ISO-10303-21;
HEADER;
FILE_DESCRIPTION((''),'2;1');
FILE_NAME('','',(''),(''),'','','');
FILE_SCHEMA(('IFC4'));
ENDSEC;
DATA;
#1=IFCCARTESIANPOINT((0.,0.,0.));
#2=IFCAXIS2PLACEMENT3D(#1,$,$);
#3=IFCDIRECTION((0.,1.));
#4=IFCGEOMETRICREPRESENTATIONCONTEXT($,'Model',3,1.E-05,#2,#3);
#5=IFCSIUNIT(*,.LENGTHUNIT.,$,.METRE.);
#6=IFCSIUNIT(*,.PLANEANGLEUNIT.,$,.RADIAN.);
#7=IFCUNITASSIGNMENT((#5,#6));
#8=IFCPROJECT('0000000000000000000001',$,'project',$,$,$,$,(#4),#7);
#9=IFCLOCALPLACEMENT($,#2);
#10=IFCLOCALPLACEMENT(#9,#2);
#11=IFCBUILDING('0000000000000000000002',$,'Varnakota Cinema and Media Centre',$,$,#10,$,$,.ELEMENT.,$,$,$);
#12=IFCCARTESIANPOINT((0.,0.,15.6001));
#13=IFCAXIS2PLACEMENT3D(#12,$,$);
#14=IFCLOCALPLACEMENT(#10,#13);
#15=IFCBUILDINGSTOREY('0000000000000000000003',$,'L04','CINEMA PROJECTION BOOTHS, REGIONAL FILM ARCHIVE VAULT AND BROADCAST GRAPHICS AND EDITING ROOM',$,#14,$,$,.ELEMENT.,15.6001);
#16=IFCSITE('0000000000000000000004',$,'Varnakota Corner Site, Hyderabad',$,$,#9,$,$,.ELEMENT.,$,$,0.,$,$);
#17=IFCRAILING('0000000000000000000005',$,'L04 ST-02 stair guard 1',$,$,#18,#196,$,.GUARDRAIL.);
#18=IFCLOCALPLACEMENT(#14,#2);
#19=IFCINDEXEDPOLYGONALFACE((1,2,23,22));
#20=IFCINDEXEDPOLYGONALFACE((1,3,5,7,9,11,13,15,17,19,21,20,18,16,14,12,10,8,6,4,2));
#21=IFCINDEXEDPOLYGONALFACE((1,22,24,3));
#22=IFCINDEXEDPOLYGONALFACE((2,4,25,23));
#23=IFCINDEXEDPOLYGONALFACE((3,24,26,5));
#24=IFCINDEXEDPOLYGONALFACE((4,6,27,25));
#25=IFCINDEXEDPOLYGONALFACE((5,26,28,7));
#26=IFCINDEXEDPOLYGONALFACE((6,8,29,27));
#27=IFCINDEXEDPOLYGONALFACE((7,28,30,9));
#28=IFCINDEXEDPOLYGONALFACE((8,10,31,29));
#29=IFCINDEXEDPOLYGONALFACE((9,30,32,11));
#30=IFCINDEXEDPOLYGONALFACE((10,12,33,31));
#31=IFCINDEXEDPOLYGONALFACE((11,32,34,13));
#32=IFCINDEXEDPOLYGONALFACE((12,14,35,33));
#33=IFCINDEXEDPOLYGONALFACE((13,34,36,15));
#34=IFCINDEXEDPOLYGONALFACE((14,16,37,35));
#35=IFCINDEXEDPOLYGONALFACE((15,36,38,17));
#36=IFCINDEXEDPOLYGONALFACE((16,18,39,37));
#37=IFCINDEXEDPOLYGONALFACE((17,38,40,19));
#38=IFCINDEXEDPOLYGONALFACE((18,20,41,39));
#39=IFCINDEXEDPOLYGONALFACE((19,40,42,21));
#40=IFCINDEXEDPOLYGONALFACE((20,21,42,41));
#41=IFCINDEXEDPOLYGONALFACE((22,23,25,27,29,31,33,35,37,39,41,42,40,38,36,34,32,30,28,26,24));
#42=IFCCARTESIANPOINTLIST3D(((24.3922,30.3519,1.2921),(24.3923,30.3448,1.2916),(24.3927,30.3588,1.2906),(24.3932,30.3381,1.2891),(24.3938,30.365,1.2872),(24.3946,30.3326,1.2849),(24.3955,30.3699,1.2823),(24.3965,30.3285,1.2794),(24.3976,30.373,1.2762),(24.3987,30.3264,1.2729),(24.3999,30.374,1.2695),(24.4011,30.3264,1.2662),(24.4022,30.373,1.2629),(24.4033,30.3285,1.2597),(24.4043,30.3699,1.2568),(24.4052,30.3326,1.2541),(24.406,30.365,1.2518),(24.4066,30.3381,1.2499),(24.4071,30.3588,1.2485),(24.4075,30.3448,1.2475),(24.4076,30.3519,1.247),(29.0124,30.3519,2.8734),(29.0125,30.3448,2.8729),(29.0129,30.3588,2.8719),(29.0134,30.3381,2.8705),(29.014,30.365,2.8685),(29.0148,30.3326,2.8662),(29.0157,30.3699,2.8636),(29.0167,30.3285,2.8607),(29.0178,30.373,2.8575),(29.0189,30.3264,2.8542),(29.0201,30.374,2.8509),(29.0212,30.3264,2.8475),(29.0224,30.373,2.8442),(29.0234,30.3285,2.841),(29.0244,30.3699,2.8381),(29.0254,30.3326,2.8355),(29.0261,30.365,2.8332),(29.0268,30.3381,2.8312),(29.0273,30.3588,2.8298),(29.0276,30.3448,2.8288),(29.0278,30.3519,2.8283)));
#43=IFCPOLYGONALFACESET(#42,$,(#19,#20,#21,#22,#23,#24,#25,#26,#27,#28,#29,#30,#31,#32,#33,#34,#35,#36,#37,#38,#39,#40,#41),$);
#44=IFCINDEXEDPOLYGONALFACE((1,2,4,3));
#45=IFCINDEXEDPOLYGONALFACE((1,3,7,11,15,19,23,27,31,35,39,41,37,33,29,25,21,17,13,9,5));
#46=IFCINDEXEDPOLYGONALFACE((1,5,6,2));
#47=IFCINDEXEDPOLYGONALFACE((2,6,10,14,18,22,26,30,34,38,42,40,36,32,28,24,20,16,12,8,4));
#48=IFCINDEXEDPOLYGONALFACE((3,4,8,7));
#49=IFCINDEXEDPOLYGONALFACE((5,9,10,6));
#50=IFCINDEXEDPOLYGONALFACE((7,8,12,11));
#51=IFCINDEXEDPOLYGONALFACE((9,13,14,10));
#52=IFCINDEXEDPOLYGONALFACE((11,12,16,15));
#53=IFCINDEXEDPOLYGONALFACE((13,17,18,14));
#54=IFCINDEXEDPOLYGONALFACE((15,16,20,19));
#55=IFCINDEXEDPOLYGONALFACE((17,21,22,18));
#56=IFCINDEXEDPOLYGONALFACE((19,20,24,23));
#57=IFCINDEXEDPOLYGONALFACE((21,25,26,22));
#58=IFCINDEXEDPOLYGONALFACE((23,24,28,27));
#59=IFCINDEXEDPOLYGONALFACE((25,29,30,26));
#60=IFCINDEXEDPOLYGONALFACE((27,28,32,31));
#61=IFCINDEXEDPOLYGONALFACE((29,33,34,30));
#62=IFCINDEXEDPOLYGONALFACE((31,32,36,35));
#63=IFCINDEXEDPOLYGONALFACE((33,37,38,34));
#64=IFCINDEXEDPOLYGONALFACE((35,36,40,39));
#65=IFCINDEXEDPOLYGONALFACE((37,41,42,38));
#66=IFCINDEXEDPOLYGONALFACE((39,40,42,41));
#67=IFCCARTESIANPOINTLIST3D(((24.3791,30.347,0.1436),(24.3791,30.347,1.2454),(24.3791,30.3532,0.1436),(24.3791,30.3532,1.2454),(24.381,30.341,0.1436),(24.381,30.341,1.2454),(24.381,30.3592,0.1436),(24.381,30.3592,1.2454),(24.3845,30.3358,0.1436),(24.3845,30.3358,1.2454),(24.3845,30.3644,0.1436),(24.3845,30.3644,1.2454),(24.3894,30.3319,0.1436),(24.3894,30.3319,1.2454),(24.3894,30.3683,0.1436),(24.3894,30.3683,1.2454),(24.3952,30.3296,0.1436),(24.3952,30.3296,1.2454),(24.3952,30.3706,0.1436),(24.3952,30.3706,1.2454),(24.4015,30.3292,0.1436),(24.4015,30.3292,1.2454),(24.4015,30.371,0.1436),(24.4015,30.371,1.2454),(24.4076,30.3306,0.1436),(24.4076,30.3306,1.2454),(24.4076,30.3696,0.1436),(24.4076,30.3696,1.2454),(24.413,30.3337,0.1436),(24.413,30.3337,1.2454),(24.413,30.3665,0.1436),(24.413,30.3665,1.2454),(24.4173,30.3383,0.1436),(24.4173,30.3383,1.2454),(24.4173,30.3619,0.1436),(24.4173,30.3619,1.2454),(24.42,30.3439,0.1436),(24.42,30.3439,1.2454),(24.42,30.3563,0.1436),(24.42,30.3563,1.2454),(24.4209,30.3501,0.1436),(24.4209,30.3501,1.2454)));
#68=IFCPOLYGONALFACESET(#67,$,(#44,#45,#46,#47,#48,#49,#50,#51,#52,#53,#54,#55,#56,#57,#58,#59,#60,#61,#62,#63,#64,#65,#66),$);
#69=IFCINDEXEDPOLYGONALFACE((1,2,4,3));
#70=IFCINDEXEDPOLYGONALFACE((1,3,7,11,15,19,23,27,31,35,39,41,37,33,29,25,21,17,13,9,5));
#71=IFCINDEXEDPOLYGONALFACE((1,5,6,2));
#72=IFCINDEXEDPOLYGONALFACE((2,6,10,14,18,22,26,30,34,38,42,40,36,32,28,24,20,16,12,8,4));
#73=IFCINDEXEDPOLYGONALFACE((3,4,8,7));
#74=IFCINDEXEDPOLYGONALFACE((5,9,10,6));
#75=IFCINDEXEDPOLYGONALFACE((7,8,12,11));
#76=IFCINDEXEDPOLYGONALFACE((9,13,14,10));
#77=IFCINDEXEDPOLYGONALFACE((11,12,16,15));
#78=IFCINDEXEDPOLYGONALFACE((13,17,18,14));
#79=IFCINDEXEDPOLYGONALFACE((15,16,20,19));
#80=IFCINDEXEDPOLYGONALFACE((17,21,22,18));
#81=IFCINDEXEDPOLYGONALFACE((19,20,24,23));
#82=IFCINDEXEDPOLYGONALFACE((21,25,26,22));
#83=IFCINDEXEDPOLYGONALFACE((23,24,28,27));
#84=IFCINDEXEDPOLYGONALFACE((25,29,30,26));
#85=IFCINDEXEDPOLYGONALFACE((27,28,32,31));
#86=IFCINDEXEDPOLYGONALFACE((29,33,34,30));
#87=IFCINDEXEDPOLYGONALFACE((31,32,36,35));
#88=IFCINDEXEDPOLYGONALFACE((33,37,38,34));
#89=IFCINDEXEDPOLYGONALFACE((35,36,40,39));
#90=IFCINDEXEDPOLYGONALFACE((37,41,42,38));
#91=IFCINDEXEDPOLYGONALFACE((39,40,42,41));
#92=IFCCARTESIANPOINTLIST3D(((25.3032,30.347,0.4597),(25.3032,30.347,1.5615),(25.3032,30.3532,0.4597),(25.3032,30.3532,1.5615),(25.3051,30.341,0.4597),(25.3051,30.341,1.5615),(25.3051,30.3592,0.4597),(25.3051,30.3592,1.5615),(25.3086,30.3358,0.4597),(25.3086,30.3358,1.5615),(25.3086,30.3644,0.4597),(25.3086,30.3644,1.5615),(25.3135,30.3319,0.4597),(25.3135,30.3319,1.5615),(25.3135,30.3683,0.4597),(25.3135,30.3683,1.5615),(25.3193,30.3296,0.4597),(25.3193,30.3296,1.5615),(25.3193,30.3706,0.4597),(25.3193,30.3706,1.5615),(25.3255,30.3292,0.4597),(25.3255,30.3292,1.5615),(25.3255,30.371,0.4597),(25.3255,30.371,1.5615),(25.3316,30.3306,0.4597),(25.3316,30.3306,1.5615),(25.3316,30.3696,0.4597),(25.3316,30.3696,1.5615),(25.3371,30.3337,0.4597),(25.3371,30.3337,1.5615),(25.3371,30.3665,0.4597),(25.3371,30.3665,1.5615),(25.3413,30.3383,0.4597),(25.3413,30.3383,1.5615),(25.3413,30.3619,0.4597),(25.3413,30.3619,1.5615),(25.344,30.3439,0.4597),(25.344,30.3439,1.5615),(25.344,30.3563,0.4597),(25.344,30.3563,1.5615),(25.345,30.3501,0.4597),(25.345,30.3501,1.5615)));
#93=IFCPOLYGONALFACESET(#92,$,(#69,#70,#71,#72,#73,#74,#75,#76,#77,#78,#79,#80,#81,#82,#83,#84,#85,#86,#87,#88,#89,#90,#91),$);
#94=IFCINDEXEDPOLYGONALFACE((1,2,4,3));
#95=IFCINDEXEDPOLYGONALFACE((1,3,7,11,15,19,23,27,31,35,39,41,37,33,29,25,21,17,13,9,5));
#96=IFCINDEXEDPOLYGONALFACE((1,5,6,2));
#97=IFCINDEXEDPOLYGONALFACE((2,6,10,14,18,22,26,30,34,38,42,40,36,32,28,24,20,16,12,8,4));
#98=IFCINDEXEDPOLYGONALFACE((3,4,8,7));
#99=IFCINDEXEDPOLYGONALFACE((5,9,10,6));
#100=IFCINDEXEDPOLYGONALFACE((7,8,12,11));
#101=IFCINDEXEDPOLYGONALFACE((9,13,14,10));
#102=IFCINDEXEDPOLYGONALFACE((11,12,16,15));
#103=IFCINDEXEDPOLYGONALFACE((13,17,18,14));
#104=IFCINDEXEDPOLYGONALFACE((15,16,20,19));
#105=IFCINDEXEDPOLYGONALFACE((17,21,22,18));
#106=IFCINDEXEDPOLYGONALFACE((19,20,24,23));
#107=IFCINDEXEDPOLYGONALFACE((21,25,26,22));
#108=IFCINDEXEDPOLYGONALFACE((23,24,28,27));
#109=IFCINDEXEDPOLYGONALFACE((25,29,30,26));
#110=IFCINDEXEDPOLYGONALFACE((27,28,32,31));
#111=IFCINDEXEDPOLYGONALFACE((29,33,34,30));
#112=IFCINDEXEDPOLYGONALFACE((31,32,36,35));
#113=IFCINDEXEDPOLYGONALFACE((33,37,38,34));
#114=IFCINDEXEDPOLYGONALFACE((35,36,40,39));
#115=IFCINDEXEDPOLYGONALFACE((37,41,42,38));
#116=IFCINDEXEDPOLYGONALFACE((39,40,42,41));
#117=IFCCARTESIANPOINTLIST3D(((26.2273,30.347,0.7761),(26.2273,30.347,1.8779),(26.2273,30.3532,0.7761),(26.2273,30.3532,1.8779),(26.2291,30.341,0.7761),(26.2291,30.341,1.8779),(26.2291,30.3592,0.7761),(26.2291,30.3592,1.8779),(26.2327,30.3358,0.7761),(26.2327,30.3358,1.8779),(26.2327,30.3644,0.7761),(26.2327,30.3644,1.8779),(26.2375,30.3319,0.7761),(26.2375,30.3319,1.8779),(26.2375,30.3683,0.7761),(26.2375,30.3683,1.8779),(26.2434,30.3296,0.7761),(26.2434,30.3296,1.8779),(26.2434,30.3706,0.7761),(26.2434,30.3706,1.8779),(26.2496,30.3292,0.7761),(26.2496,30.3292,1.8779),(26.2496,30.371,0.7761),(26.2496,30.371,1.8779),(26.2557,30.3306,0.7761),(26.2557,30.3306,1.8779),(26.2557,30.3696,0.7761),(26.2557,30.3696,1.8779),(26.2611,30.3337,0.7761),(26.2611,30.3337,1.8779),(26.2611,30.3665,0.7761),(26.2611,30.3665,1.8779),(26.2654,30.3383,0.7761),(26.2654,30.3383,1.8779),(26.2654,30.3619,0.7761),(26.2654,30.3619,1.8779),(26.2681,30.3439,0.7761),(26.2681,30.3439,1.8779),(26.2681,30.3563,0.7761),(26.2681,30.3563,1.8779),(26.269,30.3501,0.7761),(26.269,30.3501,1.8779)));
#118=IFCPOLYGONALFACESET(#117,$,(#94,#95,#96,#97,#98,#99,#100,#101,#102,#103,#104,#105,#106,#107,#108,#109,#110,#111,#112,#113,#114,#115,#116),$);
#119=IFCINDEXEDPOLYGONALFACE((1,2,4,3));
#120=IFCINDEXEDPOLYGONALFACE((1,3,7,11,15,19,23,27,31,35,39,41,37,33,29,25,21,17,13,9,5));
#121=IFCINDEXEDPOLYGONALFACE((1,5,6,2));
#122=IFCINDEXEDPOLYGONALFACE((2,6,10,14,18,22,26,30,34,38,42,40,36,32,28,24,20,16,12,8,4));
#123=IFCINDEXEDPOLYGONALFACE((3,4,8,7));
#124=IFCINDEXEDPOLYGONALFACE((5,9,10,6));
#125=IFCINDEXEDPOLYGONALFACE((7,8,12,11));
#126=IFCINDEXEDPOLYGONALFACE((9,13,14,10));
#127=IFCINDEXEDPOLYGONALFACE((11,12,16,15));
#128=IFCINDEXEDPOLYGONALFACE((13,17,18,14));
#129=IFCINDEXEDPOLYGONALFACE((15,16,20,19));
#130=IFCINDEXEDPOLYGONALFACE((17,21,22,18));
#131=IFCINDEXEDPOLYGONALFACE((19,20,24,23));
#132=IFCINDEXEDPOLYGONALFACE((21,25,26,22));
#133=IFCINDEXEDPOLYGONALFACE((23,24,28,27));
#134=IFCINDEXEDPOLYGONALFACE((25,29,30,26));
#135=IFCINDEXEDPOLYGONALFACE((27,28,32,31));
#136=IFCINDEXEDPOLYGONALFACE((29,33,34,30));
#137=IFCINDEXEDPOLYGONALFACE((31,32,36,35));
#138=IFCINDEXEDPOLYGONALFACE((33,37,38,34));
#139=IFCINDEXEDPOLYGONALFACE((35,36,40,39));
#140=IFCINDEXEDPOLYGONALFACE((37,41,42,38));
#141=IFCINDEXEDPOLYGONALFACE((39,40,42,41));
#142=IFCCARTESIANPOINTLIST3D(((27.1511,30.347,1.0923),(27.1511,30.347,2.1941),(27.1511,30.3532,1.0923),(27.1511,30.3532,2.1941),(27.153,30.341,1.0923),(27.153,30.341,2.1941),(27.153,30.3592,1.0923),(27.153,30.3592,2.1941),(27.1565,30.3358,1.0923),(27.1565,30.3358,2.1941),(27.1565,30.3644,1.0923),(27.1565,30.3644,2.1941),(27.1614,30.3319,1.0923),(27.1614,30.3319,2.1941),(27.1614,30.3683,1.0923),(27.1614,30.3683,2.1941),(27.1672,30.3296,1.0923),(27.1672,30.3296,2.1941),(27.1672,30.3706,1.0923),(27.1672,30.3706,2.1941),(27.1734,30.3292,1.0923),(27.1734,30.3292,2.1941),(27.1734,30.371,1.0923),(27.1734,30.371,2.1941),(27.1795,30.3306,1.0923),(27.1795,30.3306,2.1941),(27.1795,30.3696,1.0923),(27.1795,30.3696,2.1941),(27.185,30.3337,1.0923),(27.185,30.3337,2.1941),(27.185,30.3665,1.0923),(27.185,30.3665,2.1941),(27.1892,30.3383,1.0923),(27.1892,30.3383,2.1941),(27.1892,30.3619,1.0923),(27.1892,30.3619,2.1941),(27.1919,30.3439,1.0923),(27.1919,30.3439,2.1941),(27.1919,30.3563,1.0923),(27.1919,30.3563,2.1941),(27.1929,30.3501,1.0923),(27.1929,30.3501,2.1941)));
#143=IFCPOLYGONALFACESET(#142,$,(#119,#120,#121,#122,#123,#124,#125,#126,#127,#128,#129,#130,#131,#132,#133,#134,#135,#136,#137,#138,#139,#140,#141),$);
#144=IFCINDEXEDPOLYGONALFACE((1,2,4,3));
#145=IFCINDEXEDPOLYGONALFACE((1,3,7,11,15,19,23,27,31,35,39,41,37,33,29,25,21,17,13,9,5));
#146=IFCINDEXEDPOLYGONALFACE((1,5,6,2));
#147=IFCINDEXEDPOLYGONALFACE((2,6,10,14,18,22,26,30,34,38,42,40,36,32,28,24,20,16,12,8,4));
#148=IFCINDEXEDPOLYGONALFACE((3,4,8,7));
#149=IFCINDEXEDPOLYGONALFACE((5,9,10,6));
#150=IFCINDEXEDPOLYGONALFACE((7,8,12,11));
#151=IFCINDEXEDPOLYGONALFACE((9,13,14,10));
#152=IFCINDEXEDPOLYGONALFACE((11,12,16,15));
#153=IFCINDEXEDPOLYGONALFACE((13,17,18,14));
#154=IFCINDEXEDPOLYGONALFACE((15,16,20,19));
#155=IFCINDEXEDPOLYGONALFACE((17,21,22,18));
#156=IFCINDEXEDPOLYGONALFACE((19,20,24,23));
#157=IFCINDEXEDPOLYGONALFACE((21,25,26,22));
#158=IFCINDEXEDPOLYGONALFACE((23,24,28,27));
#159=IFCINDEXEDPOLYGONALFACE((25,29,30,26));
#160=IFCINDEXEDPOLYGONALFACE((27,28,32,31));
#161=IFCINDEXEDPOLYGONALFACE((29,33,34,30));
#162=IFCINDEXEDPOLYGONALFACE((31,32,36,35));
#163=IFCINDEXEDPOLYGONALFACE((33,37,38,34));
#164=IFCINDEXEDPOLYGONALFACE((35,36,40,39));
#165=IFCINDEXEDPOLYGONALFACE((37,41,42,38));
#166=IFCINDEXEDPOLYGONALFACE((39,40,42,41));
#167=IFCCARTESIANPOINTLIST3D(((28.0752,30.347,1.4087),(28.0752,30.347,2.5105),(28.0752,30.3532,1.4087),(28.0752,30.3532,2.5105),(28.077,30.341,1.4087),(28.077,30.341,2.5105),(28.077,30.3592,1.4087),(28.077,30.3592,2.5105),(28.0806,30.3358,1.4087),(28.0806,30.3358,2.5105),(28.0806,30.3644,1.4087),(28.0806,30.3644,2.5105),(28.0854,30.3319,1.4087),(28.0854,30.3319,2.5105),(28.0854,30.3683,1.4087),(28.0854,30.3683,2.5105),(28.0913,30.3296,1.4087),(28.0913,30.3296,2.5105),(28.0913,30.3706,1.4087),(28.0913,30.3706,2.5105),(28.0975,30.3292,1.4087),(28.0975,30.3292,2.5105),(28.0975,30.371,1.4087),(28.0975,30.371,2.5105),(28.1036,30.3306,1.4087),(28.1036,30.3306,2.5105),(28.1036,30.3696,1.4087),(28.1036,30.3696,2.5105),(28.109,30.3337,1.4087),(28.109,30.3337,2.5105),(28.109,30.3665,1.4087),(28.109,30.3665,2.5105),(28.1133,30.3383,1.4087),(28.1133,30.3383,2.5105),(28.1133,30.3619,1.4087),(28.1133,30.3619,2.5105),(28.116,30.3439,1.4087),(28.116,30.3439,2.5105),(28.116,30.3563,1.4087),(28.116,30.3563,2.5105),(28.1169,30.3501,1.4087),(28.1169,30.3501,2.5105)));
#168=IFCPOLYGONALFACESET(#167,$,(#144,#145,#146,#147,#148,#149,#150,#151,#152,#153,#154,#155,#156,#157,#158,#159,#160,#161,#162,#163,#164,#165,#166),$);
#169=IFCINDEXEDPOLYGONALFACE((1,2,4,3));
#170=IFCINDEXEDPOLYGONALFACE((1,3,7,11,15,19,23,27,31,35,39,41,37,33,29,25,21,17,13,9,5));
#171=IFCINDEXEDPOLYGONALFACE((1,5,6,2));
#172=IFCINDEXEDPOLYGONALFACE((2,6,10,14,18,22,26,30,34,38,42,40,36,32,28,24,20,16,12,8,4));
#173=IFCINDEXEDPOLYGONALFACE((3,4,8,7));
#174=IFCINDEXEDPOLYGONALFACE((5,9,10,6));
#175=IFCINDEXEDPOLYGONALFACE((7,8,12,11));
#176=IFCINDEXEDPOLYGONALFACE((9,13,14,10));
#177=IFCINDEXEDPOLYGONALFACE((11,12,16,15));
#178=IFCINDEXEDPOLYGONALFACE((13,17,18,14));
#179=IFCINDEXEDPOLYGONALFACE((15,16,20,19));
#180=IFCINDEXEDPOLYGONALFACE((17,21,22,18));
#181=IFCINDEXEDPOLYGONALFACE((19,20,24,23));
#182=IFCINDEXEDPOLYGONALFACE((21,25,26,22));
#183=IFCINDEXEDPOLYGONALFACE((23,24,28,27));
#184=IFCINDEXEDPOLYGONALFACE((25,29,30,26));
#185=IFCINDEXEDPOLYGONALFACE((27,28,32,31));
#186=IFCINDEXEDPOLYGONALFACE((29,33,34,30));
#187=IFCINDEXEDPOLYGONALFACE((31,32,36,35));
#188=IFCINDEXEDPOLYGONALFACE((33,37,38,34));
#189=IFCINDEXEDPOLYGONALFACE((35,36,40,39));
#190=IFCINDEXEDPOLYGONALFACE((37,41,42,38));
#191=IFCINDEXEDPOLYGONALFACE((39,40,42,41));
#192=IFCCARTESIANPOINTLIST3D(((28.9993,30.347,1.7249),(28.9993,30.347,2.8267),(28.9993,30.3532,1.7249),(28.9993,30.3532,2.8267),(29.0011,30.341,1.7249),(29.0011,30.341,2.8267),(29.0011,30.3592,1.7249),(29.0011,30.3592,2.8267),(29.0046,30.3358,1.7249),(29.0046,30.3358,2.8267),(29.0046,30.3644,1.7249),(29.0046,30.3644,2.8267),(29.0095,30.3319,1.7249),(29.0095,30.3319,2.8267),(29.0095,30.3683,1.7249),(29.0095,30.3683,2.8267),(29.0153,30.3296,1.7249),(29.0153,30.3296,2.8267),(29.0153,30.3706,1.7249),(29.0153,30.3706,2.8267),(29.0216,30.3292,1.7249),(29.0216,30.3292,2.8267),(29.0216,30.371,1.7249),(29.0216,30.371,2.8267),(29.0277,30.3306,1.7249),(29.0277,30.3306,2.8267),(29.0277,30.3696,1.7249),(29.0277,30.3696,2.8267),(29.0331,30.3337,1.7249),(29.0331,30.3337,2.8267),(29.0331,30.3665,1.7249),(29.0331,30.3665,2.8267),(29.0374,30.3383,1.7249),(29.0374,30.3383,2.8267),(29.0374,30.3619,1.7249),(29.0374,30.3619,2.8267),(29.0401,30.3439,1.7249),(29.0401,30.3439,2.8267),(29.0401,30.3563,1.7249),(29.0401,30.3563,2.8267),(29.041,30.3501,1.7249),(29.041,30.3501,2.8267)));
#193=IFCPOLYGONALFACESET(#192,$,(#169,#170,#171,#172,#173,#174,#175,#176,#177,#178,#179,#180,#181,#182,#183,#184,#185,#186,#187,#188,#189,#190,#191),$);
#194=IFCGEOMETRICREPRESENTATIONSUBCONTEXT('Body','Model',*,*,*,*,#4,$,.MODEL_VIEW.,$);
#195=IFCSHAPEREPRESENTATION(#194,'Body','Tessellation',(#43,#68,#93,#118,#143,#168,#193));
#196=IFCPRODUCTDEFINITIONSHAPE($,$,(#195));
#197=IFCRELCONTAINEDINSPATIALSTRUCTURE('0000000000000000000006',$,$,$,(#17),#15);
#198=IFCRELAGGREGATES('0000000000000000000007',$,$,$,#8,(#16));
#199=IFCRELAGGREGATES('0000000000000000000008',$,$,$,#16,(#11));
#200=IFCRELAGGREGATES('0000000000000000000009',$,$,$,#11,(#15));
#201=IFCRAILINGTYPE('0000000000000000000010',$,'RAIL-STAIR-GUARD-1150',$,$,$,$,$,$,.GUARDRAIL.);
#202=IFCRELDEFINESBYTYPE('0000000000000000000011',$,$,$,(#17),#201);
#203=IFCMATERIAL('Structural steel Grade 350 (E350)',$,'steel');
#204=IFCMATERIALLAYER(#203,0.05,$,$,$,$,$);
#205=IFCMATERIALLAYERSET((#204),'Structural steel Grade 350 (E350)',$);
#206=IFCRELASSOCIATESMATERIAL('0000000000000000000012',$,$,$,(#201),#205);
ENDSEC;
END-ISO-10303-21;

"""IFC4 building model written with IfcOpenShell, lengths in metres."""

from ifc_helpers import new_model, si_unit, direction, frame, origin, origin_2d, place, context, subcontext, project, spatial, circle, extrude, material, layer, layer_set, type_object, element, save


model = new_model("IFC4")

# Units and contexts
model_context = context("Model", 3, precision=1e-05, world=origin(), true_north=direction((0.0, 1.0)))
body_context = subcontext(model_context, "Body", "Model", "MODEL_VIEW")
ifc_project = project(units=[si_unit("LENGTHUNIT", "METRE"), si_unit("PLANEANGLEUNIT", "RADIAN")], contexts=[model_context])

# Site, building, storey
site_placement = place(None, origin())
site = spatial("IfcSite", under=ifc_project, at=site_placement, Name="Varnakota Corner Site, Hyderabad", CompositionType="ELEMENT", RefElevation=0.0)
building_placement = place(site_placement, origin())
building = spatial("IfcBuilding", under=site, at=building_placement, Name="Varnakota Cinema and Media Centre", CompositionType="ELEMENT")
storey_placement = place(building_placement, frame((0.0, 0.0, 15.6001)))
storey = spatial("IfcBuildingStorey", under=building, at=storey_placement, Name="L04", Description="CINEMA PROJECTION BOOTHS, REGIONAL FILM ARCHIVE VAULT AND BROADCAST GRAPHICS AND EDITING ROOM", CompositionType="ELEMENT", Elevation=15.6001)

# Railing
ifc_material_1 = material(Name="Structural steel Grade 350 (E350)", Category="steel")
ifc_layer_1 = layer(ifc_material_1, 0.05)
ifc_layer_set_1 = layer_set([ifc_layer_1], Name="Structural steel Grade 350 (E350)")
railing_type_1 = type_object("IfcRailingType", Name="RAIL-STAIR-GUARD-1150", PredefinedType="GUARDRAIL", material=ifc_layer_set_1)
railing_1_placement = place(storey_placement, frame((24.3999, 30.3501, 0.1436)))
element("IfcRailing", 1, at=railing_1_placement, inside=storey, type_object=railing_type_1, Name="L04 ST-02 stair guard 1", PredefinedType="GUARDRAIL", context=body_context, shape_type="SweptSolid", body=[
    extrude(circle(Radius=0.0239, at=origin_2d()), frame((0.0, 0.0, 1.126), z_axis=(0.946118, 0.0, 0.323822), x_axis=(0.0, 1.0, 0.0)), (0.0, 0.0, 1.0), 4.8833),
    extrude(circle(Radius=0.021, at=origin_2d()), origin(), (0.0, 0.0, 1.0), 1.1018),
    extrude(circle(Radius=0.021, at=origin_2d()), frame((0.9241, 0.0, 0.3162)), (0.0, 0.0, 1.0), 1.1018),
    extrude(circle(Radius=0.021, at=origin_2d()), frame((1.8481, 0.0, 0.6326)), (0.0, 0.0, 1.0), 1.1018),
    extrude(circle(Radius=0.021, at=origin_2d()), frame((2.772, 0.0, 0.9487)), (0.0, 0.0, 1.0), 1.1018),
    extrude(circle(Radius=0.021, at=origin_2d()), frame((3.696, 0.0, 1.2651)), (0.0, 0.0, 1.0), 1.1018),
    extrude(circle(Radius=0.021, at=origin_2d()), frame((4.6201, 0.0, 1.5813)), (0.0, 0.0, 1.0), 1.1018),
])

save(model, "model.ifc")
